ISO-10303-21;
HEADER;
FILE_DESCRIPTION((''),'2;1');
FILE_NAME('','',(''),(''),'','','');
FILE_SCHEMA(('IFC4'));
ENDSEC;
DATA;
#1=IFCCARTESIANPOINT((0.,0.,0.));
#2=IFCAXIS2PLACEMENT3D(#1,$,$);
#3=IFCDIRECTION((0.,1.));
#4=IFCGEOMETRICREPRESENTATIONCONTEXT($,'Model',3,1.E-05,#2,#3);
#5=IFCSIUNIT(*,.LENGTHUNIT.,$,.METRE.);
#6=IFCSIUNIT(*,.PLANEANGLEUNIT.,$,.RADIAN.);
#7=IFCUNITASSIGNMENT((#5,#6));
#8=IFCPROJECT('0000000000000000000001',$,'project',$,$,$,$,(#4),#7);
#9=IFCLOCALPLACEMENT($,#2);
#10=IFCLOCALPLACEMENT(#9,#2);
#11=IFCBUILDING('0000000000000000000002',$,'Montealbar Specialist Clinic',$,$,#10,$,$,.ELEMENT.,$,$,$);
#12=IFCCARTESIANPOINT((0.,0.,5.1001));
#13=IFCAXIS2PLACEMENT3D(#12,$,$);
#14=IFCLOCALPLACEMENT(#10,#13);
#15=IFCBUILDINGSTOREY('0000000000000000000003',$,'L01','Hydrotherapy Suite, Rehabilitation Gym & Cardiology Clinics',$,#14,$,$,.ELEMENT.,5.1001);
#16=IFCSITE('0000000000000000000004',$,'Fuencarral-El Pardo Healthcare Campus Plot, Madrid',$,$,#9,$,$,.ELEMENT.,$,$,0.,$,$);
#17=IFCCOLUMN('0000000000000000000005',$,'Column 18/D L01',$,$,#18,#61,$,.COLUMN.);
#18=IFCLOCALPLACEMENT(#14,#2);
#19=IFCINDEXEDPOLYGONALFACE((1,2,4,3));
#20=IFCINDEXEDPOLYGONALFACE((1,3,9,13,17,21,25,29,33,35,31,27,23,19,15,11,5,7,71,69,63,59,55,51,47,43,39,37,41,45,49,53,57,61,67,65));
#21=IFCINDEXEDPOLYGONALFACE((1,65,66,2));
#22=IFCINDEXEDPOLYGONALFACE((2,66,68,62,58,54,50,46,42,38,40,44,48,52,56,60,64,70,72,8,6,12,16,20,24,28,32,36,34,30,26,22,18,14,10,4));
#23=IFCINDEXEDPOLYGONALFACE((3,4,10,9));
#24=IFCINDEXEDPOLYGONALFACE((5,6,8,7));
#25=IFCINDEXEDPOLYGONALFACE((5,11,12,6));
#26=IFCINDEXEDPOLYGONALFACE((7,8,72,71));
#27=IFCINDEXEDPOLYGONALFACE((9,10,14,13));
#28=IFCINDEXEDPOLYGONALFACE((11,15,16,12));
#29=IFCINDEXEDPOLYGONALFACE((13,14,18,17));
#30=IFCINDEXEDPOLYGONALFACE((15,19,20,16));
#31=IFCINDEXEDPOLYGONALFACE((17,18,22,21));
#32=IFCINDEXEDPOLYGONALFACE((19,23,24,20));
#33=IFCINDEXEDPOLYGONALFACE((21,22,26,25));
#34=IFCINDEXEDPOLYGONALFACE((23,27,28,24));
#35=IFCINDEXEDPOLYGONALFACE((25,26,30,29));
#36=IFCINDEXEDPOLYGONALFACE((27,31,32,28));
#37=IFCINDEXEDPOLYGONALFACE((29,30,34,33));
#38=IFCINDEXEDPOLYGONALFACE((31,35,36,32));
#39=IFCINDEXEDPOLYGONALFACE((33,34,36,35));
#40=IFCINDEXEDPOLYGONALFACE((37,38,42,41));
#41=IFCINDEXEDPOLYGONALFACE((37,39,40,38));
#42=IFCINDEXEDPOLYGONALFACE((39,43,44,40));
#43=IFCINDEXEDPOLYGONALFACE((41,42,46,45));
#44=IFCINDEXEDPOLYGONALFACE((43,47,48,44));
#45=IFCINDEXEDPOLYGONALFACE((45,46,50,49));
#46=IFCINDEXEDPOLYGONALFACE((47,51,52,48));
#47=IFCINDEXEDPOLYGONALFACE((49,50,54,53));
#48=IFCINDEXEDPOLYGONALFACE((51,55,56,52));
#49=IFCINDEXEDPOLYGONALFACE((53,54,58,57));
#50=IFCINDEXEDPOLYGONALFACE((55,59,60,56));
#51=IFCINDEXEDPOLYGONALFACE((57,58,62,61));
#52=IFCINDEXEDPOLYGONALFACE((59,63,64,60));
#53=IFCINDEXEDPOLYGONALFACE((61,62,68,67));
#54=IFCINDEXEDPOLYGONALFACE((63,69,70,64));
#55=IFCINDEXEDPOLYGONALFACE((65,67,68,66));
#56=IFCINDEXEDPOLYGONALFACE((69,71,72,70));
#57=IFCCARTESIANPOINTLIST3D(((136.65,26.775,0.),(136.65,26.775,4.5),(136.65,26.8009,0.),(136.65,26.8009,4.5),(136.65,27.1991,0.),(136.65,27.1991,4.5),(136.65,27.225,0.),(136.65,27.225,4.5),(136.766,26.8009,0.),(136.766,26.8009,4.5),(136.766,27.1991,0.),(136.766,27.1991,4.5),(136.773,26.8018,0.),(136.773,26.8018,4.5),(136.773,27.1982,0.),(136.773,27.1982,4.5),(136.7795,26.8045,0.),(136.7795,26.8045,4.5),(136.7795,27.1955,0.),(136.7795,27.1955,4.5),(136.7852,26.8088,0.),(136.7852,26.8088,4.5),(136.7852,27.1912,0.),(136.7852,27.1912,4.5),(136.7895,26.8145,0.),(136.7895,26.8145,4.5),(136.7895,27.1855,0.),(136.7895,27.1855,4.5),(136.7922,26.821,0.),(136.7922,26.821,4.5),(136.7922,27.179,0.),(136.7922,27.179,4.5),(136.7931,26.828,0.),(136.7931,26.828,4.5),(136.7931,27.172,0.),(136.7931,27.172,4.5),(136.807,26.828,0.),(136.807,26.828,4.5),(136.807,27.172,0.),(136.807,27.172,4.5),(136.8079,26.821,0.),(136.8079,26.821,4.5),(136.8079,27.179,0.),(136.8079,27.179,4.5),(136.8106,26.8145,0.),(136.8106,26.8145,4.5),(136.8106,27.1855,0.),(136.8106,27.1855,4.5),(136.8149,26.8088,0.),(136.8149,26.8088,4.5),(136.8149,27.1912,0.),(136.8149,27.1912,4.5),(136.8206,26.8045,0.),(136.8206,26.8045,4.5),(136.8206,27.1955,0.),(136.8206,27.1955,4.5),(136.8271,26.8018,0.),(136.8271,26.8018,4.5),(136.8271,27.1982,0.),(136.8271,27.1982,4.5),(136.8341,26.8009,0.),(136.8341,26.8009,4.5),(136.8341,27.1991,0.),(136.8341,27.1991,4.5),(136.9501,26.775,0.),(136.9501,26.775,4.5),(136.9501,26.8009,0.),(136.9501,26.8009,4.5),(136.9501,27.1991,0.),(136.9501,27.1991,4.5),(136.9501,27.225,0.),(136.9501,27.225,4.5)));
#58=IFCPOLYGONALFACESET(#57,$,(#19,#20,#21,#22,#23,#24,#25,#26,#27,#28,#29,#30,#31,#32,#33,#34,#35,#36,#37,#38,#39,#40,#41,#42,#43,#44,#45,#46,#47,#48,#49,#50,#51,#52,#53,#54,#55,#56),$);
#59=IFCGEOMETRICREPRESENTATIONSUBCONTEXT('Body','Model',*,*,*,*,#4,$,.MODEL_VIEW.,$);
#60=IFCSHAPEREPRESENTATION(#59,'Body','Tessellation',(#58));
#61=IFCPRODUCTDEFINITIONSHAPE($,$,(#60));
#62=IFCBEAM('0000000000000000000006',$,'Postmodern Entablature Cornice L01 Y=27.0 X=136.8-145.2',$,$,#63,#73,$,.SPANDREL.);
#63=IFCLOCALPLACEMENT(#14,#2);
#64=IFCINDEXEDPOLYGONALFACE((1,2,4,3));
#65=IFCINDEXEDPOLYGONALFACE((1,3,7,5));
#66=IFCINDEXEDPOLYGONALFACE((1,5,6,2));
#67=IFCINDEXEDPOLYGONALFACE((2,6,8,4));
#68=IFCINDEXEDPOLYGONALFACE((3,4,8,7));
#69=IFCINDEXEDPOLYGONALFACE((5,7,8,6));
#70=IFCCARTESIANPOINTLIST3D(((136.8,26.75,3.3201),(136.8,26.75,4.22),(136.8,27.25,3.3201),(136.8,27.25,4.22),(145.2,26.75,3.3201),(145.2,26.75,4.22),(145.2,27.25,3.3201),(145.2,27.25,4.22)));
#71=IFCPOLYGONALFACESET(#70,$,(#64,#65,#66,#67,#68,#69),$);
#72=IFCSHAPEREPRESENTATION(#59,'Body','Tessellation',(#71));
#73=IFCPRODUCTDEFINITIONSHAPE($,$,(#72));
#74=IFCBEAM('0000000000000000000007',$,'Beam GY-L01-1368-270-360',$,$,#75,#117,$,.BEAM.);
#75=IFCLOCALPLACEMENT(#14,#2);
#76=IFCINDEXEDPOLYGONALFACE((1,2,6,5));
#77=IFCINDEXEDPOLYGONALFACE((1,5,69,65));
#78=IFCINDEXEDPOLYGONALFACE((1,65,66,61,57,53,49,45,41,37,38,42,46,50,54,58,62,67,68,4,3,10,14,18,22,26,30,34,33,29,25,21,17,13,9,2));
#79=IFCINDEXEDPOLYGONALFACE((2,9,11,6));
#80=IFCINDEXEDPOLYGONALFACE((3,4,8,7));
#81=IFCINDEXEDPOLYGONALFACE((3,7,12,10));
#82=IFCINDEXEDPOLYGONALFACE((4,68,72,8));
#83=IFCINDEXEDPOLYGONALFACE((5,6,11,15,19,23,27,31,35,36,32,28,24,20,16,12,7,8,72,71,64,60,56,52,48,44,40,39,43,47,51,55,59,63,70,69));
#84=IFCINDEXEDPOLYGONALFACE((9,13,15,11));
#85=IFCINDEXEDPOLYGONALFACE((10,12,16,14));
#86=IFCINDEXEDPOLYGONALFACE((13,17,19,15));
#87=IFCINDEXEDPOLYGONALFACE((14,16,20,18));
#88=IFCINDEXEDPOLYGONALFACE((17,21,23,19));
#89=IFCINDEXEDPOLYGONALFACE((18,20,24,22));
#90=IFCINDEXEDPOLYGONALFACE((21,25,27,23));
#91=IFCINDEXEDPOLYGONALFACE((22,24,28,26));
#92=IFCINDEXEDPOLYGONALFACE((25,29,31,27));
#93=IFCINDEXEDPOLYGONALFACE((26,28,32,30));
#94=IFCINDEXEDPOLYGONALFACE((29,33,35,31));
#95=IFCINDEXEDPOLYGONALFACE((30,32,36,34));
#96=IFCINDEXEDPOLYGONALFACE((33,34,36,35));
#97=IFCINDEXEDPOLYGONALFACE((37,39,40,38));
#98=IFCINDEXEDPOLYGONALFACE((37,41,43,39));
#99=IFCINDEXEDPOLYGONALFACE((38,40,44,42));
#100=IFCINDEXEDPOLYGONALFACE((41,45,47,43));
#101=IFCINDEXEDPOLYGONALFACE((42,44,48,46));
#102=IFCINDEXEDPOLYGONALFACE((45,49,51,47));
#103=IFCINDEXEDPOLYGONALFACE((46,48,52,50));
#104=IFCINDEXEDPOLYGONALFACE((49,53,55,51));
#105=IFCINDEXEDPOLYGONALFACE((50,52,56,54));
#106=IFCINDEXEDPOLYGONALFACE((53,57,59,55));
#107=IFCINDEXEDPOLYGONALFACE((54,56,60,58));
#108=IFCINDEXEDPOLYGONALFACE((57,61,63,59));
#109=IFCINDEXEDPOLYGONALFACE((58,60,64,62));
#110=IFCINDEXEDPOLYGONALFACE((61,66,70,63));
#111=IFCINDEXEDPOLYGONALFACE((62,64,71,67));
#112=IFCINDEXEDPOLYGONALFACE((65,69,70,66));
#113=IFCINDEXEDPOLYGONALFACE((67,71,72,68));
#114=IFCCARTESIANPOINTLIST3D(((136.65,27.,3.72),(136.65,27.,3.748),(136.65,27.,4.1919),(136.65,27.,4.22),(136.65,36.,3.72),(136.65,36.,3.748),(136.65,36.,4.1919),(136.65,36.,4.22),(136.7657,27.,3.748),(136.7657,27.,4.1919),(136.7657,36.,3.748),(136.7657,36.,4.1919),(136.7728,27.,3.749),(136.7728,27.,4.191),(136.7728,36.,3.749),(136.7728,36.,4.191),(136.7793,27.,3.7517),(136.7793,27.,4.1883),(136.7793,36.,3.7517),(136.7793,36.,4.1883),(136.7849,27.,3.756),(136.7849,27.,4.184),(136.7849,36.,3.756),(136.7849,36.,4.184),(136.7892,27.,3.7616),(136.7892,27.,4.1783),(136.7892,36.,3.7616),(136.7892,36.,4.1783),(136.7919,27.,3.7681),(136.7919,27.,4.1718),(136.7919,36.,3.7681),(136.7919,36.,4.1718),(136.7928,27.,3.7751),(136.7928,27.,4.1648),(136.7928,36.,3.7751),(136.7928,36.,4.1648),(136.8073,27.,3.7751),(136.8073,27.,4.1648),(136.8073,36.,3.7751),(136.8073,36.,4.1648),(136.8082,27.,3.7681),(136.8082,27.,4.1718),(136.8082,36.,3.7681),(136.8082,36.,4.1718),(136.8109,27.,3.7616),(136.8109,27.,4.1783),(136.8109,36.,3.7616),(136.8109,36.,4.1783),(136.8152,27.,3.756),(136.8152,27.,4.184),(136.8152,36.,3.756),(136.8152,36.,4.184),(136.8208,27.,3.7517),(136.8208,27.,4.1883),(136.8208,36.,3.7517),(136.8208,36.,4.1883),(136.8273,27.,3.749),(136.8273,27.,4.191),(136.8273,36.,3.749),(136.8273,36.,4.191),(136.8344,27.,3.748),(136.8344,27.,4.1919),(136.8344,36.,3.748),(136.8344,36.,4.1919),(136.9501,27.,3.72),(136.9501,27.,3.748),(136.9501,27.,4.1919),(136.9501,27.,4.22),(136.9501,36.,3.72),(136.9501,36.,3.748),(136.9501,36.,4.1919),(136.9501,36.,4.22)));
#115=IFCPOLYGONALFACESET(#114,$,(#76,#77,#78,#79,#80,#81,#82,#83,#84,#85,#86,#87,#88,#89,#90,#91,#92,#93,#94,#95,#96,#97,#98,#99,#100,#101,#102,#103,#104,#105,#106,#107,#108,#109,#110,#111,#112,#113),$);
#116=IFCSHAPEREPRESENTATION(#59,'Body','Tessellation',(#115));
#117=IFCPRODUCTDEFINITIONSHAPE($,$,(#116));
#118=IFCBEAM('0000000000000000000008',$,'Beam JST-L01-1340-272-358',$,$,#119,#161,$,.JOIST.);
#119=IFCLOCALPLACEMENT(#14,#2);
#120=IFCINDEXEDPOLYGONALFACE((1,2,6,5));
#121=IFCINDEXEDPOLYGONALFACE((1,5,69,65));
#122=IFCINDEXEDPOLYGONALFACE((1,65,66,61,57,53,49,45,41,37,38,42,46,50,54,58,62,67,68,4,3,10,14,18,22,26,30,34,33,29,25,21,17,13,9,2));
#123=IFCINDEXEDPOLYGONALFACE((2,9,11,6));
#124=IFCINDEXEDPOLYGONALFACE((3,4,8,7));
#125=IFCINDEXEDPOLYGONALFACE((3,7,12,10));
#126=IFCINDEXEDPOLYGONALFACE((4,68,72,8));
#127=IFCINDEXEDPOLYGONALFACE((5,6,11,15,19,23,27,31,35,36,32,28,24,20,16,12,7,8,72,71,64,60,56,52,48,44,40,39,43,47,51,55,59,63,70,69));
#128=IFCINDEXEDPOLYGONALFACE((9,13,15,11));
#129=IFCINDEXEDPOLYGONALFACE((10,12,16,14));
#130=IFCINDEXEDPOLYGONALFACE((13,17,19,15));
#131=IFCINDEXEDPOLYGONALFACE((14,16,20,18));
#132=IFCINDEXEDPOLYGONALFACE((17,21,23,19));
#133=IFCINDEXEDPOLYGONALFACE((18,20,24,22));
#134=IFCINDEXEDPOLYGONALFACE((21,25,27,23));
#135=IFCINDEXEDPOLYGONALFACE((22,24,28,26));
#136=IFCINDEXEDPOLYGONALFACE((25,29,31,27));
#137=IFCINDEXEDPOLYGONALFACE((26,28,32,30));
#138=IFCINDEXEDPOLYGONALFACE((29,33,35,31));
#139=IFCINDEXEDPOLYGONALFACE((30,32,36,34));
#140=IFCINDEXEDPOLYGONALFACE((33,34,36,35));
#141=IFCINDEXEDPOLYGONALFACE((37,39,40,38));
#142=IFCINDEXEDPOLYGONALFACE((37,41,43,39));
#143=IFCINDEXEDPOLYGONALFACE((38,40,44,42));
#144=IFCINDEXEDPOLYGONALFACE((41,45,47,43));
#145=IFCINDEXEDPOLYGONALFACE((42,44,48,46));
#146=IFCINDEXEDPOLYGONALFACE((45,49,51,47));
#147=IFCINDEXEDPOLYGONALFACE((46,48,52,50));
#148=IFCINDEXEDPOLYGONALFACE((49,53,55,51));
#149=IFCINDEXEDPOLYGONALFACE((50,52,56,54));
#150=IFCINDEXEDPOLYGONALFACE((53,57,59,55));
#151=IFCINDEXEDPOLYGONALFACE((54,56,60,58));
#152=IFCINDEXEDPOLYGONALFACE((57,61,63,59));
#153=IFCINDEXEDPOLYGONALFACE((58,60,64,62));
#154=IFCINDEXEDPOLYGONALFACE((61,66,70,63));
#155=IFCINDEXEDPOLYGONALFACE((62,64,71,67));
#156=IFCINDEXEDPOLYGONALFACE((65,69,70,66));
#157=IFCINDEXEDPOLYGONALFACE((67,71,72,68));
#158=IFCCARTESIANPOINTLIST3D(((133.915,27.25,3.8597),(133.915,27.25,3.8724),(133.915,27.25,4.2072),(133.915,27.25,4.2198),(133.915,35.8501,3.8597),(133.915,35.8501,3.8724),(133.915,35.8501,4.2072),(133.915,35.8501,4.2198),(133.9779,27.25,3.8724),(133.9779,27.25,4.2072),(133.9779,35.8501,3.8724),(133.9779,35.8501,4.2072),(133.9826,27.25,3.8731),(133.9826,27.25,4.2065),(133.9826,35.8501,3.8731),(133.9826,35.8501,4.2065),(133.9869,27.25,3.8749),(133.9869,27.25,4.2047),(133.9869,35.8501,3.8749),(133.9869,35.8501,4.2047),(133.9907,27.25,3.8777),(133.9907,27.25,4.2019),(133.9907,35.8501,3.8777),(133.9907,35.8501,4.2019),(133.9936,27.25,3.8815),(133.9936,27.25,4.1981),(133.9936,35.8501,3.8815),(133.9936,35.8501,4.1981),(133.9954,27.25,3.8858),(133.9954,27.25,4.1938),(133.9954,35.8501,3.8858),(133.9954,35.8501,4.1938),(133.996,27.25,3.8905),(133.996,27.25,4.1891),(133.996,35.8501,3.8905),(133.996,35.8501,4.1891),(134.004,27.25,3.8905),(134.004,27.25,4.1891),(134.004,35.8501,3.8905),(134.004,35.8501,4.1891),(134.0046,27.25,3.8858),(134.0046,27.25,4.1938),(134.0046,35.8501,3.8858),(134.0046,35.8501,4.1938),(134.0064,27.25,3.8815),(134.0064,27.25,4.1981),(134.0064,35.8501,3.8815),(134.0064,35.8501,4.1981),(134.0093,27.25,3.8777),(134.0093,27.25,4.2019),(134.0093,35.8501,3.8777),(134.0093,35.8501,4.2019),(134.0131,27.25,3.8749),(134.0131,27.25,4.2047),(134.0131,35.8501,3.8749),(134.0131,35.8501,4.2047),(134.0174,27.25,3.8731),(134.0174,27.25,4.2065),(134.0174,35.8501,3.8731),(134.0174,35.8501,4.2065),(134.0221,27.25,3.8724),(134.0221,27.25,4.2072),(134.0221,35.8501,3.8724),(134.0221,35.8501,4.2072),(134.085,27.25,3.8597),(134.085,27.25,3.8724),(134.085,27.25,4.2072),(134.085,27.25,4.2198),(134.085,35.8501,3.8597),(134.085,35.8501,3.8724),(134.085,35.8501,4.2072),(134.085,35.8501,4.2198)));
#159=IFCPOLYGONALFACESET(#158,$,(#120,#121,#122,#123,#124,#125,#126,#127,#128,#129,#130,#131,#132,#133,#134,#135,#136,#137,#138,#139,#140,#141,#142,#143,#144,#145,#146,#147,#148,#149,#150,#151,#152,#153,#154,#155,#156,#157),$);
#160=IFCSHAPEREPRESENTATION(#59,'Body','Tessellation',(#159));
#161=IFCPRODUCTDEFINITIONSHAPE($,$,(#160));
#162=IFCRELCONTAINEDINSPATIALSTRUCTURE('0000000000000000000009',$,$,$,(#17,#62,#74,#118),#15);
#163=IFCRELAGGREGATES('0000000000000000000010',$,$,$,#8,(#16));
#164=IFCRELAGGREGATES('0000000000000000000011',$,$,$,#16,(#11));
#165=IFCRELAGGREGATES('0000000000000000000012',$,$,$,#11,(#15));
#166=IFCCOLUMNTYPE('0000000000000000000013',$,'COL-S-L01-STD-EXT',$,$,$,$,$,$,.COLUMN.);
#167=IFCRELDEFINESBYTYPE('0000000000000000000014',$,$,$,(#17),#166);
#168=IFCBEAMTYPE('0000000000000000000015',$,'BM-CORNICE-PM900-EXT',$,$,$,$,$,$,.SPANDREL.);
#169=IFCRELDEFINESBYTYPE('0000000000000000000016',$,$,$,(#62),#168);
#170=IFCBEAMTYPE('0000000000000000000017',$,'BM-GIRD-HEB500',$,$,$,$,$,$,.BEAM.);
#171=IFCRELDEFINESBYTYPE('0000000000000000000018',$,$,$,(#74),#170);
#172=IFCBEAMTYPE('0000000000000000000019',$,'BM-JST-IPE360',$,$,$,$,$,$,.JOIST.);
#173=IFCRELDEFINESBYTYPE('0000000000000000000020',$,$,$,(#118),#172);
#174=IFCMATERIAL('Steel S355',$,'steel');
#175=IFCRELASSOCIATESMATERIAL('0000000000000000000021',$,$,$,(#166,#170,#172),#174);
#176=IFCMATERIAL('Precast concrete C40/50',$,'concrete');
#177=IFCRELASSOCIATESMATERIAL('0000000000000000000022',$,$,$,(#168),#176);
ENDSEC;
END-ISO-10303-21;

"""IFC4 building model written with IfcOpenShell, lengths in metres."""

from ifc_helpers import new_model, si_unit, direction, frame, origin, origin_2d, place, context, subcontext, project, spatial, rectangle, i_section, extrude, material, material_profile, profile_set, type_object, element, save


model = new_model("IFC4")

# Units and contexts
model_context = context("Model", 3, precision=1e-05, world=origin(), true_north=direction((0.0, 1.0)))
body_context = subcontext(model_context, "Body", "Model", "MODEL_VIEW")
ifc_project = project(units=[si_unit("LENGTHUNIT", "METRE"), si_unit("PLANEANGLEUNIT", "RADIAN")], contexts=[model_context])

# Site, building, storey
site_placement = place(None, origin())
site = spatial("IfcSite", under=ifc_project, at=site_placement, Name="Fuencarral-El Pardo Healthcare Campus Plot, Madrid", CompositionType="ELEMENT", RefElevation=0.0)
building_placement = place(site_placement, origin())
building = spatial("IfcBuilding", under=site, at=building_placement, Name="Montealbar Specialist Clinic", CompositionType="ELEMENT")
storey_placement = place(building_placement, frame((0.0, 0.0, 5.1001)))
storey = spatial("IfcBuildingStorey", under=building, at=storey_placement, Name="L01", Description="Hydrotherapy Suite, Rehabilitation Gym & Cardiology Clinics", CompositionType="ELEMENT", Elevation=5.1001)

# Column
ifc_material_1 = material(Name="Steel S355", Category="steel")
ifc_material_profile_1 = material_profile(ifc_material_1, i_section(OverallWidth=0.3, OverallDepth=0.45, WebThickness=0.0139, FlangeThickness=0.0259, FilletRadius=0.0271, at=origin_2d()), Name="HEB 450", Category="steel")
ifc_profile_set_1 = profile_set([ifc_material_profile_1], Name="Steel S355")
column_type = type_object("IfcColumnType", Name="COL-S-L01-STD-EXT", PredefinedType="COLUMN", material=ifc_profile_set_1)
column_placement = place(storey_placement, frame((136.8, 27.0, 0.0), z_axis=(0.0, 0.0, 1.0), x_axis=(1.0, 0.0, 0.0)))
element("IfcColumn", 1, at=column_placement, inside=storey, type_object=column_type, Name="Column 18/D L01", PredefinedType="COLUMN", context=body_context, shape_type="SweptSolid", body=[
    extrude(i_section(OverallWidth=0.3, OverallDepth=0.45, WebThickness=0.0139, FlangeThickness=0.0259, FilletRadius=0.0271, at=origin_2d()), origin(), (0.0, 0.0, 1.0), 4.5),
])

# Beams
ifc_material_2 = material(Name="Precast concrete C40/50", Category="concrete")
ifc_material_profile_2 = material_profile(ifc_material_2, rectangle(XDim=0.5, YDim=0.8999, at=origin_2d()), Name="PRECAST CORNICE 500x900", Category="concrete")
ifc_profile_set_2 = profile_set([ifc_material_profile_2], Name="Precast concrete C40/50")
beam_type_1 = type_object("IfcBeamType", Name="BM-CORNICE-PM900-EXT", PredefinedType="SPANDREL", material=ifc_profile_set_2)
beam_1_placement = place(storey_placement, frame((136.8, 27.0, 3.77), z_axis=(1.0, 0.0, 0.0), x_axis=(0.0, 1.0, 0.0)))
element("IfcBeam", 2, at=beam_1_placement, inside=storey, type_object=beam_type_1, Name="Postmodern Entablature Cornice L01 Y=27.0 X=136.8-145.2", PredefinedType="SPANDREL", context=body_context, shape_type="SweptSolid", body=[
    extrude(rectangle(XDim=0.5, YDim=0.8999, at=origin_2d()), origin(), (0.0, 0.0, 1.0), 8.3999),
])
ifc_material_profile_3 = material_profile(ifc_material_1, i_section(OverallWidth=0.3, OverallDepth=0.5, WebThickness=0.0144, FlangeThickness=0.0281, FilletRadius=0.0271, at=origin_2d()), Name="HEB 500", Category="steel")
ifc_profile_set_3 = profile_set([ifc_material_profile_3], Name="Steel S355")
beam_type_2 = type_object("IfcBeamType", Name="BM-GIRD-HEB500", PredefinedType="BEAM", material=ifc_profile_set_3)
beam_2_placement = place(storey_placement, frame((136.8, 27.0, 3.97), z_axis=(0.0, 1.0, 0.0), x_axis=(-1.0, 0.0, 0.0)))
element("IfcBeam", 3, at=beam_2_placement, inside=storey, type_object=beam_type_2, Name="Beam GY-L01-1368-270-360", PredefinedType="BEAM", context=body_context, shape_type="SweptSolid", body=[
    extrude(i_section(OverallWidth=0.3, OverallDepth=0.5, WebThickness=0.0144, FlangeThickness=0.0281, FilletRadius=0.0271, at=origin_2d()), origin(), (0.0, 0.0, 1.0), 9.0),
])
ifc_material_profile_4 = material_profile(ifc_material_1, i_section(OverallWidth=0.1699, OverallDepth=0.3601, WebThickness=0.0081, FlangeThickness=0.0127, FilletRadius=0.0181, at=origin_2d()), Name="IPE 360", Category="steel")
ifc_profile_set_4 = profile_set([ifc_material_profile_4], Name="Steel S355")
beam_type_3 = type_object("IfcBeamType", Name="BM-JST-IPE360", PredefinedType="JOIST", material=ifc_profile_set_4)
beam_3_placement = place(storey_placement, frame((134.0, 27.25, 4.0398), z_axis=(0.0, 1.0, 0.0), x_axis=(-1.0, 0.0, 0.0)))
element("IfcBeam", 4, at=beam_3_placement, inside=storey, type_object=beam_type_3, Name="Beam JST-L01-1340-272-358", PredefinedType="JOIST", context=body_context, shape_type="SweptSolid", body=[
    extrude(i_section(OverallWidth=0.1699, OverallDepth=0.3601, WebThickness=0.0081, FlangeThickness=0.0127, FilletRadius=0.0181, at=origin_2d()), origin(), (0.0, 0.0, 1.0), 8.6001),
])

save(model, "model.ifc")
